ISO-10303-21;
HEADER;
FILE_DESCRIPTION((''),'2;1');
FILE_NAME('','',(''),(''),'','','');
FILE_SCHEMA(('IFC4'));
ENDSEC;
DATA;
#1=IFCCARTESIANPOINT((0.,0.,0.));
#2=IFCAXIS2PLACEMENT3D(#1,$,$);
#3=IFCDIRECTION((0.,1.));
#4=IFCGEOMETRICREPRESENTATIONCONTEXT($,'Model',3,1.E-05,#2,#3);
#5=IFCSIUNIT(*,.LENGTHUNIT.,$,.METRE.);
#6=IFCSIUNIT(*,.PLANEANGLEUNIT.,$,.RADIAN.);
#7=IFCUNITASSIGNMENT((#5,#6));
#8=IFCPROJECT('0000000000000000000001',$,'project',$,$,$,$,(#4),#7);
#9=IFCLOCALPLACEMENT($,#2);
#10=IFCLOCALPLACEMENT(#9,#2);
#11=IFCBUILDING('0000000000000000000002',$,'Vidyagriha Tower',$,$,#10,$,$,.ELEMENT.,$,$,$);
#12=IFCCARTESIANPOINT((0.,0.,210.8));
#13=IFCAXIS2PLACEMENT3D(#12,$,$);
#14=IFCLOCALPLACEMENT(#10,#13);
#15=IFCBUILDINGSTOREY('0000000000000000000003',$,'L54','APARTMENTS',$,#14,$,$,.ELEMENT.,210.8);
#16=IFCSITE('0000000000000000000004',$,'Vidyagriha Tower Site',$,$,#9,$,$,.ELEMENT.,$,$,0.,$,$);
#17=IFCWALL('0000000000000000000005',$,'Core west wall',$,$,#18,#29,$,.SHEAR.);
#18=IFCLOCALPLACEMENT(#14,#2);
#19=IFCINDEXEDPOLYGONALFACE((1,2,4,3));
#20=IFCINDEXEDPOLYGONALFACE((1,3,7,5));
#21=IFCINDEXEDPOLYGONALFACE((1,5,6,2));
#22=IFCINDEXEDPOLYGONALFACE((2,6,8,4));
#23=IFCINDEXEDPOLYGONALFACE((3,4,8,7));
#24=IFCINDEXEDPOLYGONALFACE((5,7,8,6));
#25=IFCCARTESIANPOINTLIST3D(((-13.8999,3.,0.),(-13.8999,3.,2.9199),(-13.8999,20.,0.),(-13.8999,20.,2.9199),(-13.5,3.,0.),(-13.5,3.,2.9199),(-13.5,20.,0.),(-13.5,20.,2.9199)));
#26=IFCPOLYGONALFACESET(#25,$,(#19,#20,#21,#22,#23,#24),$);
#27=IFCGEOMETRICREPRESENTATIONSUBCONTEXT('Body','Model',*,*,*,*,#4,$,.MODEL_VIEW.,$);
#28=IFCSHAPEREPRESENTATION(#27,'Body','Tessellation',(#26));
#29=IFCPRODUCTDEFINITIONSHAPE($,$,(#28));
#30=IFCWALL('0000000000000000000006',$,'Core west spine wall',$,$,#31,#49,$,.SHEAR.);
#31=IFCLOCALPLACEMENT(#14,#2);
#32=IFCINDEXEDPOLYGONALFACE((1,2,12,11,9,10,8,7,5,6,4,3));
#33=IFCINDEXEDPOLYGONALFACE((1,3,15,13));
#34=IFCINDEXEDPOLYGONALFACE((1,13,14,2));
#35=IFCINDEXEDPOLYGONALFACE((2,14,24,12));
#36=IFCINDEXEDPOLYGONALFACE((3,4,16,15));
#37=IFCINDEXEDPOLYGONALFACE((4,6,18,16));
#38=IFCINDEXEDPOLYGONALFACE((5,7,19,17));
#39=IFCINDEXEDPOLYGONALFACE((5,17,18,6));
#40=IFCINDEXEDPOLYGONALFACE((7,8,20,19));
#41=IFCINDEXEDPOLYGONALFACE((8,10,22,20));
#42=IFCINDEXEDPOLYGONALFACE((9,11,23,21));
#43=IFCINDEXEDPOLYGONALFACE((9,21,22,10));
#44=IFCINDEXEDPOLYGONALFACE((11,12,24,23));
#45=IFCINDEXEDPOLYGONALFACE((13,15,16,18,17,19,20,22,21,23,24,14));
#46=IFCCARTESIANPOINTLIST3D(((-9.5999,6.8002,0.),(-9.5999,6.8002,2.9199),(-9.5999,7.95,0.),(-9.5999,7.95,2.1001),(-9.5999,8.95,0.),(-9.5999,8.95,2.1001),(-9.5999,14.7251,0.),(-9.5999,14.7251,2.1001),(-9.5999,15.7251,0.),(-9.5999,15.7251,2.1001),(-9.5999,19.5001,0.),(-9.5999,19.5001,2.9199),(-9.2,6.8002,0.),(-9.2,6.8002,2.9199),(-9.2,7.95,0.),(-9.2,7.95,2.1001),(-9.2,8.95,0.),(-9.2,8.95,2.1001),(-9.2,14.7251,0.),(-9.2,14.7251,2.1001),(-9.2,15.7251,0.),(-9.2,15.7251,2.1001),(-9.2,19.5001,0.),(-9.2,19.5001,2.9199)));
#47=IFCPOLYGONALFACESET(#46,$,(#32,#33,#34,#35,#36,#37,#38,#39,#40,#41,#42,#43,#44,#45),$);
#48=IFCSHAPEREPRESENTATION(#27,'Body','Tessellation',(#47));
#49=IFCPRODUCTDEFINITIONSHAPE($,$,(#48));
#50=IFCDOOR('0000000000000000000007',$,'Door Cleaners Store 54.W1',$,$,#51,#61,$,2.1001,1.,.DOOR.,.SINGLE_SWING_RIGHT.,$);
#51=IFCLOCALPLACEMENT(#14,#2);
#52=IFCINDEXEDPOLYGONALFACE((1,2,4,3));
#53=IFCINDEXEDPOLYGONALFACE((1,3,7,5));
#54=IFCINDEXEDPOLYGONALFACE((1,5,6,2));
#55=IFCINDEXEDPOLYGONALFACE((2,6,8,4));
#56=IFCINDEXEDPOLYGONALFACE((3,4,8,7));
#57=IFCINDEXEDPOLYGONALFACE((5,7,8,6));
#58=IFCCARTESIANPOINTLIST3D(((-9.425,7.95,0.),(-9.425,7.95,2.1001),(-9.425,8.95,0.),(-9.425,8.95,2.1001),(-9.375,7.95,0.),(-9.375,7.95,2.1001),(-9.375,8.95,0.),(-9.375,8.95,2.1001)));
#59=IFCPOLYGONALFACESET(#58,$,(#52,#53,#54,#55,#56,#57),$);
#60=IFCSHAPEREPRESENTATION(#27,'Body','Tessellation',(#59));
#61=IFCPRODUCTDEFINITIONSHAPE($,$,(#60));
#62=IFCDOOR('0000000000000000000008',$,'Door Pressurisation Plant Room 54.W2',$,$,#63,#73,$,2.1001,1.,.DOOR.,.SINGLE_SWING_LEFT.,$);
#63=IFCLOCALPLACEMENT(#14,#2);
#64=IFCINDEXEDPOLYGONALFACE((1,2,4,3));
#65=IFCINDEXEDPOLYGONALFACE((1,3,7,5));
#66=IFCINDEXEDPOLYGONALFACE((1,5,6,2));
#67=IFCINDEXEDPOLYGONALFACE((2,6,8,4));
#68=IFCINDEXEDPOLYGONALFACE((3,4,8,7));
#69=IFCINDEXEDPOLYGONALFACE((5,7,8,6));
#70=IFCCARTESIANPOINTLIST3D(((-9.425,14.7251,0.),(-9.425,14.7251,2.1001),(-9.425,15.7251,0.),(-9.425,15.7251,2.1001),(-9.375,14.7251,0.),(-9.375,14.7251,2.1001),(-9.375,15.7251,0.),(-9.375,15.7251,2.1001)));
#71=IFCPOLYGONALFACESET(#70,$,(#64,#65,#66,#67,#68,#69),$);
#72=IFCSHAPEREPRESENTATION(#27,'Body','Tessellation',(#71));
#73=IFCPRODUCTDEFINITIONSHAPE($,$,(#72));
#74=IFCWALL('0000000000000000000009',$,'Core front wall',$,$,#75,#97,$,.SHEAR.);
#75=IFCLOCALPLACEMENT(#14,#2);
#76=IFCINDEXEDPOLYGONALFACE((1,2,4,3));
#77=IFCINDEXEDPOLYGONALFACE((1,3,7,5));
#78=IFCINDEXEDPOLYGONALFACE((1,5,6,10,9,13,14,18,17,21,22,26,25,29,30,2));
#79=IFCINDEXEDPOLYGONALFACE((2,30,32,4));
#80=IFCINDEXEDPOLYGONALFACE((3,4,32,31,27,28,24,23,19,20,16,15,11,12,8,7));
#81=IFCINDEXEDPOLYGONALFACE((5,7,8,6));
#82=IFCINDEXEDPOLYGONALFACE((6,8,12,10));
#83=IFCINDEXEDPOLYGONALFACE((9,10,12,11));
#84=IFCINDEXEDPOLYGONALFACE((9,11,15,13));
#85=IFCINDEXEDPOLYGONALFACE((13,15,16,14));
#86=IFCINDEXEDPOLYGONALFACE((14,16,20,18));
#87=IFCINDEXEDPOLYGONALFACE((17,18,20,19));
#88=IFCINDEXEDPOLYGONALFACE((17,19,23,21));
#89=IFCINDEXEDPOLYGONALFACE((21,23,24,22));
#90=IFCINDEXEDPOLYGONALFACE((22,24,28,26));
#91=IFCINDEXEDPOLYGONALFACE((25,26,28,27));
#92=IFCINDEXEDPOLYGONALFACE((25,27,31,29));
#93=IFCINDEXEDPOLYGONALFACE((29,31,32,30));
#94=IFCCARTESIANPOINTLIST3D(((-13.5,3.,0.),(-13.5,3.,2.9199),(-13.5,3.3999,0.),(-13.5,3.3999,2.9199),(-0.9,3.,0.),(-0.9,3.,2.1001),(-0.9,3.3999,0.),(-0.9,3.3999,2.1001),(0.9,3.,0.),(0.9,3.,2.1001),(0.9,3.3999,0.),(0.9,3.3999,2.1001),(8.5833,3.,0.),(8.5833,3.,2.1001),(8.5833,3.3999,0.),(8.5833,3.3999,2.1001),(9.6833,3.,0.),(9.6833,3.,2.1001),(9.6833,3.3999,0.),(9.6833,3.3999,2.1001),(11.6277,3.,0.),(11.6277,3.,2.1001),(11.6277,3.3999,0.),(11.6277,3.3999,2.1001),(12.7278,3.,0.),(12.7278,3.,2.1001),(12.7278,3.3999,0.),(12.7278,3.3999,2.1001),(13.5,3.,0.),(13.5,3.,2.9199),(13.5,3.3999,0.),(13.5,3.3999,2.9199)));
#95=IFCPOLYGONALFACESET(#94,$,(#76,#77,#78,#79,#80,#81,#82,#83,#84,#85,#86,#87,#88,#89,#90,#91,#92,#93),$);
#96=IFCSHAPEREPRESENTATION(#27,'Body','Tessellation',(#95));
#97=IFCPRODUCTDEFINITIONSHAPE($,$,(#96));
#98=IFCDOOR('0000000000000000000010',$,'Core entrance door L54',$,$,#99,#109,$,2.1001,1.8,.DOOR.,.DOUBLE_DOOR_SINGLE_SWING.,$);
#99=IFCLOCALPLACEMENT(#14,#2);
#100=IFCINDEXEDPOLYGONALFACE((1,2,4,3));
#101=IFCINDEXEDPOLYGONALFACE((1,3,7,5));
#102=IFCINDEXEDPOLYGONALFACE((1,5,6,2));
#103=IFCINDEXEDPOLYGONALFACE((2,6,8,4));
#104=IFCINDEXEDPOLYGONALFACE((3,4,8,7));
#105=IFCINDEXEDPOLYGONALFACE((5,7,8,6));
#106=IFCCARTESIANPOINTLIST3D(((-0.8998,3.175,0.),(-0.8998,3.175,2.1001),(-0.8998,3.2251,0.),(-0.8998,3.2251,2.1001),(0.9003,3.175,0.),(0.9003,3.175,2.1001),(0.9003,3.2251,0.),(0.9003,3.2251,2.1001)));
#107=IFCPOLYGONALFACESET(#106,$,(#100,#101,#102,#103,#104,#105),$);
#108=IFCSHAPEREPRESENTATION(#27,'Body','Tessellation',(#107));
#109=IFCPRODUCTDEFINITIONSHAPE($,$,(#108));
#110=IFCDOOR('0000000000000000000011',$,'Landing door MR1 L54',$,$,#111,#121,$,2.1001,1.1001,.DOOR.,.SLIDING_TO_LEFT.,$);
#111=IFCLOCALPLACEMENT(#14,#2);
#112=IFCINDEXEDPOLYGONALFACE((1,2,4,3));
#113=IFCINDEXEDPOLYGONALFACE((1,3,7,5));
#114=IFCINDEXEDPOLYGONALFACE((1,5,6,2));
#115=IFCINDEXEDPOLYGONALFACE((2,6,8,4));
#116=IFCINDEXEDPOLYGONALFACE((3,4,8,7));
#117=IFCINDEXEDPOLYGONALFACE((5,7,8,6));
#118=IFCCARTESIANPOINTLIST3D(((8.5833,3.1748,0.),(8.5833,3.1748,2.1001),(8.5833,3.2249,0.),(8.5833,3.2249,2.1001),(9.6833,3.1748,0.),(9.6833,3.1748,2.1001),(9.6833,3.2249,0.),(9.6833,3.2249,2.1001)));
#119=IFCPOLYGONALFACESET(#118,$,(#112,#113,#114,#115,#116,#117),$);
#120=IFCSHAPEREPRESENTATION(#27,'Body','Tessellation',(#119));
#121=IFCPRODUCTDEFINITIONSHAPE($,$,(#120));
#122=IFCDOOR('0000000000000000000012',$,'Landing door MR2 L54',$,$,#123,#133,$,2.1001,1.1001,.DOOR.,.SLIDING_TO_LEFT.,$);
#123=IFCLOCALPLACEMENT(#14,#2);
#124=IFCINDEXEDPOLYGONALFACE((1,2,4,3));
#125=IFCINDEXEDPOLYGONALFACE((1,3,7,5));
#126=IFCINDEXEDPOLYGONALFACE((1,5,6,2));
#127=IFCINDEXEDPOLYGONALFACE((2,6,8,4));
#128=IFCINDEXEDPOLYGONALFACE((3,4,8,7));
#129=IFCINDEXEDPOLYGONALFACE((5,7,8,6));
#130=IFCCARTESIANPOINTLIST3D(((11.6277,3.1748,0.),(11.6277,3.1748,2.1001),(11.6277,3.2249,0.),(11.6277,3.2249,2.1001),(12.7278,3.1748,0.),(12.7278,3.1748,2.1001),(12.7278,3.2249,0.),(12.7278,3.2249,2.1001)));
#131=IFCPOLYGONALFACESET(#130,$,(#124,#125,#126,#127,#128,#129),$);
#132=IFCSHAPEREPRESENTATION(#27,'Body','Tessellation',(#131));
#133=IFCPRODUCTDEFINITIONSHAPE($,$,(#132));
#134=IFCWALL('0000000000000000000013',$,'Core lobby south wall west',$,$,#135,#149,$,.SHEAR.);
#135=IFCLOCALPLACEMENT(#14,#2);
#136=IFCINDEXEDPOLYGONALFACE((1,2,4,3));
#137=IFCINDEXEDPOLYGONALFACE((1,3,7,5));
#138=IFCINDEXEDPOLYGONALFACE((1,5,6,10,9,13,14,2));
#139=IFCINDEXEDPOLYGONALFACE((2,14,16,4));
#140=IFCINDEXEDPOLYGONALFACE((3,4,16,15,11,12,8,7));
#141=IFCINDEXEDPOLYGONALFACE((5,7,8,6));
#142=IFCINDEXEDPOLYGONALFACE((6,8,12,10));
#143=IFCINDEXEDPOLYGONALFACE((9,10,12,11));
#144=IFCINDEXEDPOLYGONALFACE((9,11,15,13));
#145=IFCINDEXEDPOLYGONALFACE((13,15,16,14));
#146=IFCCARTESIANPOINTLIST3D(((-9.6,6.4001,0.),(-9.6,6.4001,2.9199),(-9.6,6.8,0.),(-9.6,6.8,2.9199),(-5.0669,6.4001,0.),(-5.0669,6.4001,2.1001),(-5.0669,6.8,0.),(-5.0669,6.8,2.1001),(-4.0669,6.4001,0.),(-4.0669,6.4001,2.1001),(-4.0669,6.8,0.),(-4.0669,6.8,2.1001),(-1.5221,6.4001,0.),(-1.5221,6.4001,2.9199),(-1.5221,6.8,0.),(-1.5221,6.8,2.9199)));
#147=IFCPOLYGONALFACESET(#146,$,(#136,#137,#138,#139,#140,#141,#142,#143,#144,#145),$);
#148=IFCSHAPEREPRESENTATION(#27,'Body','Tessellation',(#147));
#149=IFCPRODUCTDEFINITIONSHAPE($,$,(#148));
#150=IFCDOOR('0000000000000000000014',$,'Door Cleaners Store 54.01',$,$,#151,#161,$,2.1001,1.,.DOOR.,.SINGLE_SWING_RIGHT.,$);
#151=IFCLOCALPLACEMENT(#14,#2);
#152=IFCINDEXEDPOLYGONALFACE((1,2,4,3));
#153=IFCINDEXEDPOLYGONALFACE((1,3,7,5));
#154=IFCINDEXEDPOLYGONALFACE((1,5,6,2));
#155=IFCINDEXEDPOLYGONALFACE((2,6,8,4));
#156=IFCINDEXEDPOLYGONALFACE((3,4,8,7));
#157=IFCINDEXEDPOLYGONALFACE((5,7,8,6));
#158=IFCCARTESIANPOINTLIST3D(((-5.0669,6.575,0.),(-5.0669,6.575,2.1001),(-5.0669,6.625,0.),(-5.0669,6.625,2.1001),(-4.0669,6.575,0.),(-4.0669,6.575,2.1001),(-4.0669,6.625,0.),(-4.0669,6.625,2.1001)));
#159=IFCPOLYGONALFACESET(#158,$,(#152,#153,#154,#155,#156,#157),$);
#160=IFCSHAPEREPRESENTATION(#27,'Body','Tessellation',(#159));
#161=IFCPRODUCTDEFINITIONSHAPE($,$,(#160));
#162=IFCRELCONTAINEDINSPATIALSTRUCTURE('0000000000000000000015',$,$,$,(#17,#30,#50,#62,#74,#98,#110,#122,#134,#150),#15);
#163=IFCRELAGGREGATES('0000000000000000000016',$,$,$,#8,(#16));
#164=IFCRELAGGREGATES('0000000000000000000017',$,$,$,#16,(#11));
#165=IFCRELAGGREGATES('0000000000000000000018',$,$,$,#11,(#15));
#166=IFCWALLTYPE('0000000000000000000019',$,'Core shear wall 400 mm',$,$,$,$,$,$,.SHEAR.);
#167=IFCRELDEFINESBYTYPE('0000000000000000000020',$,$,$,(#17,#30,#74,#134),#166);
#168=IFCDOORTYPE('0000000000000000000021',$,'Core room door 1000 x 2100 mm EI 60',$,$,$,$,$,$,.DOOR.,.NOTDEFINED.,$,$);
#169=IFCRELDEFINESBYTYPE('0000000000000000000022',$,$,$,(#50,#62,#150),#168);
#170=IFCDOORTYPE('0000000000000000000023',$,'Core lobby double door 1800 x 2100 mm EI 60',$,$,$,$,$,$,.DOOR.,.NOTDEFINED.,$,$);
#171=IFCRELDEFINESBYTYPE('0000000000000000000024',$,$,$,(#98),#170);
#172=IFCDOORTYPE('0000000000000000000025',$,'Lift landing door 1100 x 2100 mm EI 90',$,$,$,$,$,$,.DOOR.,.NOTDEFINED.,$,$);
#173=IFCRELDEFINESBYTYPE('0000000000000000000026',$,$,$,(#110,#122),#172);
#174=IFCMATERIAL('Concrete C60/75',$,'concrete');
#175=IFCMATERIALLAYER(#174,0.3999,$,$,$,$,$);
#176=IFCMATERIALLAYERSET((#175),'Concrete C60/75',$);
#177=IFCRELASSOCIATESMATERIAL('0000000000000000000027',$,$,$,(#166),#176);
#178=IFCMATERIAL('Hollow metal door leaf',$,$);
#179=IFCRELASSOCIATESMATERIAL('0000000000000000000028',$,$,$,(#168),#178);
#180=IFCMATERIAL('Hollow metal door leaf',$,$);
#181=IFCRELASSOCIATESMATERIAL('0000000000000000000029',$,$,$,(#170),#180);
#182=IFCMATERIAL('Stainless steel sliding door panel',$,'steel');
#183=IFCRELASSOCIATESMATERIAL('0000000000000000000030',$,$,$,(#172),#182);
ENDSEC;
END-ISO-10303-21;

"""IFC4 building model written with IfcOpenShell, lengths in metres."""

from ifc_helpers import new_model, si_unit, direction, frame, frame_2d, origin, place, context, subcontext, project, spatial, rectangle, extrude, material, layer, layer_set, type_object, element, fill, save


model = new_model("IFC4")

# Units and contexts
model_context = context("Model", 3, precision=1e-05, world=origin(), true_north=direction((0.0, 1.0)))
body_context = subcontext(model_context, "Body", "Model", "MODEL_VIEW")
ifc_project = project(units=[si_unit("LENGTHUNIT", "METRE"), si_unit("PLANEANGLEUNIT", "RADIAN")], contexts=[model_context])

# Site, building, storey
site_placement = place(None, origin())
site = spatial("IfcSite", under=ifc_project, at=site_placement, Name="Vidyagriha Tower Site", CompositionType="ELEMENT", RefElevation=0.0)
building_placement = place(site_placement, origin())
building = spatial("IfcBuilding", under=site, at=building_placement, Name="Vidyagriha Tower", CompositionType="ELEMENT")
storey_placement = place(building_placement, frame((0.0, 0.0, 210.8)))
storey = spatial("IfcBuildingStorey", under=building, at=storey_placement, Name="L54", Description="APARTMENTS", CompositionType="ELEMENT", Elevation=210.8)

# Wall
ifc_material_1 = material(Name="Concrete C60/75", Category="concrete")
ifc_layer_1 = layer(ifc_material_1, 0.3999)
ifc_layer_set_1 = layer_set([ifc_layer_1], Name="Concrete C60/75")
wall_type_1 = type_object("IfcWallType", Name="Core shear wall 400 mm", PredefinedType="SHEAR", material=ifc_layer_set_1)
wall_1_placement = place(storey_placement, frame((-13.7, 3.0, 0.0), z_axis=(0.0, 0.0, 1.0), x_axis=(0.0, 1.0, 0.0)))
element("IfcWall", 1, at=wall_1_placement, inside=storey, type_object=wall_type_1, Name="Core west wall", PredefinedType="SHEAR", context=body_context, shape_type="SweptSolid", body=[
    extrude(rectangle(XDim=17.0, YDim=0.3999, at=frame_2d((8.5, 0.0))), origin(), (0.0, 0.0, 1.0), 2.9199),
])

# Walls, openings, doors
wall_2_placement = place(storey_placement, frame((-9.3999, 6.8, 0.0), z_axis=(0.0, 0.0, 1.0), x_axis=(0.0, 1.0, 0.0)))
wall_2 = element("IfcWall", 2, at=wall_2_placement, inside=storey, type_object=wall_type_1, Name="Core west spine wall", PredefinedType="SHEAR", context=body_context, shape_type="SweptSolid", body=[
    extrude(rectangle(XDim=12.7, YDim=0.3999, at=frame_2d((6.3501, 0.0))), origin(), (0.0, 0.0, 1.0), 2.9199),
])
opening_1_placement = place(wall_2_placement, frame((1.1499, 0.0, 0.0)))
opening_1 = element("IfcOpeningElement", 3, at=opening_1_placement, cuts=wall_2, PredefinedType="OPENING", context=body_context, shape_type="SweptSolid", body=[
    extrude(rectangle(XDim=1.0, YDim=2.1001, at=frame_2d((0.5, 1.05))), frame((0.0, 0.21, 0.0), z_axis=(0.0, -1.0, 0.0), x_axis=(1.0, 0.0, 0.0)), (0.0, 0.0, 1.0), 0.4199),
])
opening_2_placement = place(wall_2_placement, frame((7.925, 0.0, 0.0)))
opening_2 = element("IfcOpeningElement", 4, at=opening_2_placement, cuts=wall_2, PredefinedType="OPENING", context=body_context, shape_type="SweptSolid", body=[
    extrude(rectangle(XDim=1.0, YDim=2.1001, at=frame_2d((0.5, 1.05))), frame((0.0, 0.21, 0.0), z_axis=(0.0, -1.0, 0.0), x_axis=(1.0, 0.0, 0.0)), (0.0, 0.0, 1.0), 0.4199),
])
ifc_material_2 = material(Name="Hollow metal door leaf")
door_type_1 = type_object("IfcDoorType", Name="Core room door 1000 x 2100 mm EI 60", OperationType="NOTDEFINED", PredefinedType="DOOR", material=ifc_material_2)
door_1_placement = place(opening_1_placement, frame((1.0, 0.0, 0.0), z_axis=(0.0, 0.0, 1.0), x_axis=(-1.0, 0.0, 0.0)))
door_1 = element("IfcDoor", 5, at=door_1_placement, inside=storey, type_object=door_type_1, Name="Door Cleaners Store 54.W1", OperationType="SINGLE_SWING_RIGHT", OverallHeight=2.1001, OverallWidth=1.0, PredefinedType="DOOR", context=body_context, shape_type="SweptSolid", body=[
    extrude(rectangle(XDim=1.0, YDim=2.1001, at=frame_2d((0.5, 1.05))), frame((0.0, 0.0249, 0.0), z_axis=(0.0, -1.0, 0.0), x_axis=(1.0, 0.0, 0.0)), (0.0, 0.0, 1.0), 0.05),
])
fill(opening_1, door_1)
door_2_placement = place(opening_2_placement, frame((1.0, 0.0, 0.0), z_axis=(0.0, 0.0, 1.0), x_axis=(-1.0, 0.0, 0.0)))
door_2 = element("IfcDoor", 6, at=door_2_placement, inside=storey, type_object=door_type_1, Name="Door Pressurisation Plant Room 54.W2", OperationType="SINGLE_SWING_LEFT", OverallHeight=2.1001, OverallWidth=1.0, PredefinedType="DOOR", context=body_context, shape_type="SweptSolid", body=[
    extrude(rectangle(XDim=1.0, YDim=2.1001, at=frame_2d((0.5, 1.05))), frame((0.0, 0.0249, 0.0), z_axis=(0.0, -1.0, 0.0), x_axis=(1.0, 0.0, 0.0)), (0.0, 0.0, 1.0), 0.05),
])
fill(opening_2, door_2)
wall_3_placement = place(storey_placement, frame((-13.5, 3.2, 0.0)))
wall_3 = element("IfcWall", 7, at=wall_3_placement, inside=storey, type_object=wall_type_1, Name="Core front wall", PredefinedType="SHEAR", context=body_context, shape_type="SweptSolid", body=[
    extrude(rectangle(XDim=27.0, YDim=0.3999, at=frame_2d((13.5, 0.0))), origin(), (0.0, 0.0, 1.0), 2.9199),
])
opening_3_placement = place(wall_3_placement, frame((22.0833, 0.0, 0.0)))
opening_3 = element("IfcOpeningElement", 8, at=opening_3_placement, cuts=wall_3, PredefinedType="OPENING", context=body_context, shape_type="SweptSolid", body=[
    extrude(rectangle(XDim=1.1001, YDim=2.1001, at=frame_2d((0.55, 1.05))), frame((0.0, 0.21, 0.0), z_axis=(0.0, -1.0, 0.0), x_axis=(1.0, 0.0, 0.0)), (0.0, 0.0, 1.0), 0.4199),
])
opening_4_placement = place(wall_3_placement, frame((25.1277, 0.0, 0.0)))
opening_4 = element("IfcOpeningElement", 9, at=opening_4_placement, cuts=wall_3, PredefinedType="OPENING", context=body_context, shape_type="SweptSolid", body=[
    extrude(rectangle(XDim=1.1001, YDim=2.1001, at=frame_2d((0.55, 1.05))), frame((0.0, 0.21, 0.0), z_axis=(0.0, -1.0, 0.0), x_axis=(1.0, 0.0, 0.0)), (0.0, 0.0, 1.0), 0.4199),
])
opening_5_placement = place(wall_3_placement, frame((12.6001, 0.0, 0.0)))
opening_5 = element("IfcOpeningElement", 10, at=opening_5_placement, cuts=wall_3, PredefinedType="OPENING", context=body_context, shape_type="SweptSolid", body=[
    extrude(rectangle(XDim=1.8, YDim=2.1001, at=frame_2d((0.8999, 1.05))), frame((0.0, 0.21, 0.0), z_axis=(0.0, -1.0, 0.0), x_axis=(1.0, 0.0, 0.0)), (0.0, 0.0, 1.0), 0.4199),
])
ifc_material_3 = material(Name="Hollow metal door leaf")
door_type_2 = type_object("IfcDoorType", Name="Core lobby double door 1800 x 2100 mm EI 60", OperationType="NOTDEFINED", PredefinedType="DOOR", material=ifc_material_3)
door_3_placement = place(opening_5_placement, frame((1.8, 0.0, 0.0), z_axis=(0.0, 0.0, 1.0), x_axis=(-1.0, 0.0, 0.0)))
door_3 = element("IfcDoor", 11, at=door_3_placement, inside=storey, type_object=door_type_2, Name="Core entrance door L54", OperationType="DOUBLE_DOOR_SINGLE_SWING", OverallHeight=2.1001, OverallWidth=1.8, PredefinedType="DOOR", context=body_context, shape_type="SweptSolid", body=[
    extrude(rectangle(XDim=1.8, YDim=2.1001, at=frame_2d((0.8999, 1.05))), frame((0.0, 0.0249, 0.0), z_axis=(0.0, -1.0, 0.0), x_axis=(1.0, 0.0, 0.0)), (0.0, 0.0, 1.0), 0.05),
])
fill(opening_5, door_3)
ifc_material_4 = material(Name="Stainless steel sliding door panel", Category="steel")
door_type_3 = type_object("IfcDoorType", Name="Lift landing door 1100 x 2100 mm EI 90", OperationType="NOTDEFINED", PredefinedType="DOOR", material=ifc_material_4)
door_4_placement = place(opening_3_placement, origin())
door_4 = element("IfcDoor", 12, at=door_4_placement, inside=storey, type_object=door_type_3, Name="Landing door MR1 L54", OperationType="SLIDING_TO_LEFT", OverallHeight=2.1001, OverallWidth=1.1001, PredefinedType="DOOR", context=body_context, shape_type="SweptSolid", body=[
    extrude(rectangle(XDim=1.1001, YDim=2.1001, at=frame_2d((0.55, 1.05))), frame((0.0, 0.0249, 0.0), z_axis=(0.0, -1.0, 0.0), x_axis=(1.0, 0.0, 0.0)), (0.0, 0.0, 1.0), 0.05),
])
fill(opening_3, door_4)
door_5_placement = place(opening_4_placement, origin())
door_5 = element("IfcDoor", 13, at=door_5_placement, inside=storey, type_object=door_type_3, Name="Landing door MR2 L54", OperationType="SLIDING_TO_LEFT", OverallHeight=2.1001, OverallWidth=1.1001, PredefinedType="DOOR", context=body_context, shape_type="SweptSolid", body=[
    extrude(rectangle(XDim=1.1001, YDim=2.1001, at=frame_2d((0.55, 1.05))), frame((0.0, 0.0249, 0.0), z_axis=(0.0, -1.0, 0.0), x_axis=(1.0, 0.0, 0.0)), (0.0, 0.0, 1.0), 0.05),
])
fill(opening_4, door_5)

# Wall, opening, door
wall_4_placement = place(storey_placement, frame((-9.6001, 6.6001, 0.0)))
wall_4 = element("IfcWall", 14, at=wall_4_placement, inside=storey, type_object=wall_type_1, Name="Core lobby south wall west", PredefinedType="SHEAR", context=body_context, shape_type="SweptSolid", body=[
    extrude(rectangle(XDim=8.0779, YDim=0.3999, at=frame_2d((4.0391, 0.0))), origin(), (0.0, 0.0, 1.0), 2.9199),
])
opening_6_placement = place(wall_4_placement, frame((4.5332, 0.0, 0.0)))
opening_6 = element("IfcOpeningElement", 15, at=opening_6_placement, cuts=wall_4, PredefinedType="OPENING", context=body_context, shape_type="SweptSolid", body=[
    extrude(rectangle(XDim=1.0, YDim=2.1001, at=frame_2d((0.5, 1.05))), frame((0.0, 0.21, 0.0), z_axis=(0.0, -1.0, 0.0), x_axis=(1.0, 0.0, 0.0)), (0.0, 0.0, 1.0), 0.4199),
])
door_6_placement = place(opening_6_placement, origin())
door_6 = element("IfcDoor", 16, at=door_6_placement, inside=storey, type_object=door_type_1, Name="Door Cleaners Store 54.01", OperationType="SINGLE_SWING_RIGHT", OverallHeight=2.1001, OverallWidth=1.0, PredefinedType="DOOR", context=body_context, shape_type="SweptSolid", body=[
    extrude(rectangle(XDim=1.0, YDim=2.1001, at=frame_2d((0.5, 1.05))), frame((0.0, 0.0249, 0.0), z_axis=(0.0, -1.0, 0.0), x_axis=(1.0, 0.0, 0.0)), (0.0, 0.0, 1.0), 0.05),
])
fill(opening_6, door_6)

save(model, "model.ifc")
